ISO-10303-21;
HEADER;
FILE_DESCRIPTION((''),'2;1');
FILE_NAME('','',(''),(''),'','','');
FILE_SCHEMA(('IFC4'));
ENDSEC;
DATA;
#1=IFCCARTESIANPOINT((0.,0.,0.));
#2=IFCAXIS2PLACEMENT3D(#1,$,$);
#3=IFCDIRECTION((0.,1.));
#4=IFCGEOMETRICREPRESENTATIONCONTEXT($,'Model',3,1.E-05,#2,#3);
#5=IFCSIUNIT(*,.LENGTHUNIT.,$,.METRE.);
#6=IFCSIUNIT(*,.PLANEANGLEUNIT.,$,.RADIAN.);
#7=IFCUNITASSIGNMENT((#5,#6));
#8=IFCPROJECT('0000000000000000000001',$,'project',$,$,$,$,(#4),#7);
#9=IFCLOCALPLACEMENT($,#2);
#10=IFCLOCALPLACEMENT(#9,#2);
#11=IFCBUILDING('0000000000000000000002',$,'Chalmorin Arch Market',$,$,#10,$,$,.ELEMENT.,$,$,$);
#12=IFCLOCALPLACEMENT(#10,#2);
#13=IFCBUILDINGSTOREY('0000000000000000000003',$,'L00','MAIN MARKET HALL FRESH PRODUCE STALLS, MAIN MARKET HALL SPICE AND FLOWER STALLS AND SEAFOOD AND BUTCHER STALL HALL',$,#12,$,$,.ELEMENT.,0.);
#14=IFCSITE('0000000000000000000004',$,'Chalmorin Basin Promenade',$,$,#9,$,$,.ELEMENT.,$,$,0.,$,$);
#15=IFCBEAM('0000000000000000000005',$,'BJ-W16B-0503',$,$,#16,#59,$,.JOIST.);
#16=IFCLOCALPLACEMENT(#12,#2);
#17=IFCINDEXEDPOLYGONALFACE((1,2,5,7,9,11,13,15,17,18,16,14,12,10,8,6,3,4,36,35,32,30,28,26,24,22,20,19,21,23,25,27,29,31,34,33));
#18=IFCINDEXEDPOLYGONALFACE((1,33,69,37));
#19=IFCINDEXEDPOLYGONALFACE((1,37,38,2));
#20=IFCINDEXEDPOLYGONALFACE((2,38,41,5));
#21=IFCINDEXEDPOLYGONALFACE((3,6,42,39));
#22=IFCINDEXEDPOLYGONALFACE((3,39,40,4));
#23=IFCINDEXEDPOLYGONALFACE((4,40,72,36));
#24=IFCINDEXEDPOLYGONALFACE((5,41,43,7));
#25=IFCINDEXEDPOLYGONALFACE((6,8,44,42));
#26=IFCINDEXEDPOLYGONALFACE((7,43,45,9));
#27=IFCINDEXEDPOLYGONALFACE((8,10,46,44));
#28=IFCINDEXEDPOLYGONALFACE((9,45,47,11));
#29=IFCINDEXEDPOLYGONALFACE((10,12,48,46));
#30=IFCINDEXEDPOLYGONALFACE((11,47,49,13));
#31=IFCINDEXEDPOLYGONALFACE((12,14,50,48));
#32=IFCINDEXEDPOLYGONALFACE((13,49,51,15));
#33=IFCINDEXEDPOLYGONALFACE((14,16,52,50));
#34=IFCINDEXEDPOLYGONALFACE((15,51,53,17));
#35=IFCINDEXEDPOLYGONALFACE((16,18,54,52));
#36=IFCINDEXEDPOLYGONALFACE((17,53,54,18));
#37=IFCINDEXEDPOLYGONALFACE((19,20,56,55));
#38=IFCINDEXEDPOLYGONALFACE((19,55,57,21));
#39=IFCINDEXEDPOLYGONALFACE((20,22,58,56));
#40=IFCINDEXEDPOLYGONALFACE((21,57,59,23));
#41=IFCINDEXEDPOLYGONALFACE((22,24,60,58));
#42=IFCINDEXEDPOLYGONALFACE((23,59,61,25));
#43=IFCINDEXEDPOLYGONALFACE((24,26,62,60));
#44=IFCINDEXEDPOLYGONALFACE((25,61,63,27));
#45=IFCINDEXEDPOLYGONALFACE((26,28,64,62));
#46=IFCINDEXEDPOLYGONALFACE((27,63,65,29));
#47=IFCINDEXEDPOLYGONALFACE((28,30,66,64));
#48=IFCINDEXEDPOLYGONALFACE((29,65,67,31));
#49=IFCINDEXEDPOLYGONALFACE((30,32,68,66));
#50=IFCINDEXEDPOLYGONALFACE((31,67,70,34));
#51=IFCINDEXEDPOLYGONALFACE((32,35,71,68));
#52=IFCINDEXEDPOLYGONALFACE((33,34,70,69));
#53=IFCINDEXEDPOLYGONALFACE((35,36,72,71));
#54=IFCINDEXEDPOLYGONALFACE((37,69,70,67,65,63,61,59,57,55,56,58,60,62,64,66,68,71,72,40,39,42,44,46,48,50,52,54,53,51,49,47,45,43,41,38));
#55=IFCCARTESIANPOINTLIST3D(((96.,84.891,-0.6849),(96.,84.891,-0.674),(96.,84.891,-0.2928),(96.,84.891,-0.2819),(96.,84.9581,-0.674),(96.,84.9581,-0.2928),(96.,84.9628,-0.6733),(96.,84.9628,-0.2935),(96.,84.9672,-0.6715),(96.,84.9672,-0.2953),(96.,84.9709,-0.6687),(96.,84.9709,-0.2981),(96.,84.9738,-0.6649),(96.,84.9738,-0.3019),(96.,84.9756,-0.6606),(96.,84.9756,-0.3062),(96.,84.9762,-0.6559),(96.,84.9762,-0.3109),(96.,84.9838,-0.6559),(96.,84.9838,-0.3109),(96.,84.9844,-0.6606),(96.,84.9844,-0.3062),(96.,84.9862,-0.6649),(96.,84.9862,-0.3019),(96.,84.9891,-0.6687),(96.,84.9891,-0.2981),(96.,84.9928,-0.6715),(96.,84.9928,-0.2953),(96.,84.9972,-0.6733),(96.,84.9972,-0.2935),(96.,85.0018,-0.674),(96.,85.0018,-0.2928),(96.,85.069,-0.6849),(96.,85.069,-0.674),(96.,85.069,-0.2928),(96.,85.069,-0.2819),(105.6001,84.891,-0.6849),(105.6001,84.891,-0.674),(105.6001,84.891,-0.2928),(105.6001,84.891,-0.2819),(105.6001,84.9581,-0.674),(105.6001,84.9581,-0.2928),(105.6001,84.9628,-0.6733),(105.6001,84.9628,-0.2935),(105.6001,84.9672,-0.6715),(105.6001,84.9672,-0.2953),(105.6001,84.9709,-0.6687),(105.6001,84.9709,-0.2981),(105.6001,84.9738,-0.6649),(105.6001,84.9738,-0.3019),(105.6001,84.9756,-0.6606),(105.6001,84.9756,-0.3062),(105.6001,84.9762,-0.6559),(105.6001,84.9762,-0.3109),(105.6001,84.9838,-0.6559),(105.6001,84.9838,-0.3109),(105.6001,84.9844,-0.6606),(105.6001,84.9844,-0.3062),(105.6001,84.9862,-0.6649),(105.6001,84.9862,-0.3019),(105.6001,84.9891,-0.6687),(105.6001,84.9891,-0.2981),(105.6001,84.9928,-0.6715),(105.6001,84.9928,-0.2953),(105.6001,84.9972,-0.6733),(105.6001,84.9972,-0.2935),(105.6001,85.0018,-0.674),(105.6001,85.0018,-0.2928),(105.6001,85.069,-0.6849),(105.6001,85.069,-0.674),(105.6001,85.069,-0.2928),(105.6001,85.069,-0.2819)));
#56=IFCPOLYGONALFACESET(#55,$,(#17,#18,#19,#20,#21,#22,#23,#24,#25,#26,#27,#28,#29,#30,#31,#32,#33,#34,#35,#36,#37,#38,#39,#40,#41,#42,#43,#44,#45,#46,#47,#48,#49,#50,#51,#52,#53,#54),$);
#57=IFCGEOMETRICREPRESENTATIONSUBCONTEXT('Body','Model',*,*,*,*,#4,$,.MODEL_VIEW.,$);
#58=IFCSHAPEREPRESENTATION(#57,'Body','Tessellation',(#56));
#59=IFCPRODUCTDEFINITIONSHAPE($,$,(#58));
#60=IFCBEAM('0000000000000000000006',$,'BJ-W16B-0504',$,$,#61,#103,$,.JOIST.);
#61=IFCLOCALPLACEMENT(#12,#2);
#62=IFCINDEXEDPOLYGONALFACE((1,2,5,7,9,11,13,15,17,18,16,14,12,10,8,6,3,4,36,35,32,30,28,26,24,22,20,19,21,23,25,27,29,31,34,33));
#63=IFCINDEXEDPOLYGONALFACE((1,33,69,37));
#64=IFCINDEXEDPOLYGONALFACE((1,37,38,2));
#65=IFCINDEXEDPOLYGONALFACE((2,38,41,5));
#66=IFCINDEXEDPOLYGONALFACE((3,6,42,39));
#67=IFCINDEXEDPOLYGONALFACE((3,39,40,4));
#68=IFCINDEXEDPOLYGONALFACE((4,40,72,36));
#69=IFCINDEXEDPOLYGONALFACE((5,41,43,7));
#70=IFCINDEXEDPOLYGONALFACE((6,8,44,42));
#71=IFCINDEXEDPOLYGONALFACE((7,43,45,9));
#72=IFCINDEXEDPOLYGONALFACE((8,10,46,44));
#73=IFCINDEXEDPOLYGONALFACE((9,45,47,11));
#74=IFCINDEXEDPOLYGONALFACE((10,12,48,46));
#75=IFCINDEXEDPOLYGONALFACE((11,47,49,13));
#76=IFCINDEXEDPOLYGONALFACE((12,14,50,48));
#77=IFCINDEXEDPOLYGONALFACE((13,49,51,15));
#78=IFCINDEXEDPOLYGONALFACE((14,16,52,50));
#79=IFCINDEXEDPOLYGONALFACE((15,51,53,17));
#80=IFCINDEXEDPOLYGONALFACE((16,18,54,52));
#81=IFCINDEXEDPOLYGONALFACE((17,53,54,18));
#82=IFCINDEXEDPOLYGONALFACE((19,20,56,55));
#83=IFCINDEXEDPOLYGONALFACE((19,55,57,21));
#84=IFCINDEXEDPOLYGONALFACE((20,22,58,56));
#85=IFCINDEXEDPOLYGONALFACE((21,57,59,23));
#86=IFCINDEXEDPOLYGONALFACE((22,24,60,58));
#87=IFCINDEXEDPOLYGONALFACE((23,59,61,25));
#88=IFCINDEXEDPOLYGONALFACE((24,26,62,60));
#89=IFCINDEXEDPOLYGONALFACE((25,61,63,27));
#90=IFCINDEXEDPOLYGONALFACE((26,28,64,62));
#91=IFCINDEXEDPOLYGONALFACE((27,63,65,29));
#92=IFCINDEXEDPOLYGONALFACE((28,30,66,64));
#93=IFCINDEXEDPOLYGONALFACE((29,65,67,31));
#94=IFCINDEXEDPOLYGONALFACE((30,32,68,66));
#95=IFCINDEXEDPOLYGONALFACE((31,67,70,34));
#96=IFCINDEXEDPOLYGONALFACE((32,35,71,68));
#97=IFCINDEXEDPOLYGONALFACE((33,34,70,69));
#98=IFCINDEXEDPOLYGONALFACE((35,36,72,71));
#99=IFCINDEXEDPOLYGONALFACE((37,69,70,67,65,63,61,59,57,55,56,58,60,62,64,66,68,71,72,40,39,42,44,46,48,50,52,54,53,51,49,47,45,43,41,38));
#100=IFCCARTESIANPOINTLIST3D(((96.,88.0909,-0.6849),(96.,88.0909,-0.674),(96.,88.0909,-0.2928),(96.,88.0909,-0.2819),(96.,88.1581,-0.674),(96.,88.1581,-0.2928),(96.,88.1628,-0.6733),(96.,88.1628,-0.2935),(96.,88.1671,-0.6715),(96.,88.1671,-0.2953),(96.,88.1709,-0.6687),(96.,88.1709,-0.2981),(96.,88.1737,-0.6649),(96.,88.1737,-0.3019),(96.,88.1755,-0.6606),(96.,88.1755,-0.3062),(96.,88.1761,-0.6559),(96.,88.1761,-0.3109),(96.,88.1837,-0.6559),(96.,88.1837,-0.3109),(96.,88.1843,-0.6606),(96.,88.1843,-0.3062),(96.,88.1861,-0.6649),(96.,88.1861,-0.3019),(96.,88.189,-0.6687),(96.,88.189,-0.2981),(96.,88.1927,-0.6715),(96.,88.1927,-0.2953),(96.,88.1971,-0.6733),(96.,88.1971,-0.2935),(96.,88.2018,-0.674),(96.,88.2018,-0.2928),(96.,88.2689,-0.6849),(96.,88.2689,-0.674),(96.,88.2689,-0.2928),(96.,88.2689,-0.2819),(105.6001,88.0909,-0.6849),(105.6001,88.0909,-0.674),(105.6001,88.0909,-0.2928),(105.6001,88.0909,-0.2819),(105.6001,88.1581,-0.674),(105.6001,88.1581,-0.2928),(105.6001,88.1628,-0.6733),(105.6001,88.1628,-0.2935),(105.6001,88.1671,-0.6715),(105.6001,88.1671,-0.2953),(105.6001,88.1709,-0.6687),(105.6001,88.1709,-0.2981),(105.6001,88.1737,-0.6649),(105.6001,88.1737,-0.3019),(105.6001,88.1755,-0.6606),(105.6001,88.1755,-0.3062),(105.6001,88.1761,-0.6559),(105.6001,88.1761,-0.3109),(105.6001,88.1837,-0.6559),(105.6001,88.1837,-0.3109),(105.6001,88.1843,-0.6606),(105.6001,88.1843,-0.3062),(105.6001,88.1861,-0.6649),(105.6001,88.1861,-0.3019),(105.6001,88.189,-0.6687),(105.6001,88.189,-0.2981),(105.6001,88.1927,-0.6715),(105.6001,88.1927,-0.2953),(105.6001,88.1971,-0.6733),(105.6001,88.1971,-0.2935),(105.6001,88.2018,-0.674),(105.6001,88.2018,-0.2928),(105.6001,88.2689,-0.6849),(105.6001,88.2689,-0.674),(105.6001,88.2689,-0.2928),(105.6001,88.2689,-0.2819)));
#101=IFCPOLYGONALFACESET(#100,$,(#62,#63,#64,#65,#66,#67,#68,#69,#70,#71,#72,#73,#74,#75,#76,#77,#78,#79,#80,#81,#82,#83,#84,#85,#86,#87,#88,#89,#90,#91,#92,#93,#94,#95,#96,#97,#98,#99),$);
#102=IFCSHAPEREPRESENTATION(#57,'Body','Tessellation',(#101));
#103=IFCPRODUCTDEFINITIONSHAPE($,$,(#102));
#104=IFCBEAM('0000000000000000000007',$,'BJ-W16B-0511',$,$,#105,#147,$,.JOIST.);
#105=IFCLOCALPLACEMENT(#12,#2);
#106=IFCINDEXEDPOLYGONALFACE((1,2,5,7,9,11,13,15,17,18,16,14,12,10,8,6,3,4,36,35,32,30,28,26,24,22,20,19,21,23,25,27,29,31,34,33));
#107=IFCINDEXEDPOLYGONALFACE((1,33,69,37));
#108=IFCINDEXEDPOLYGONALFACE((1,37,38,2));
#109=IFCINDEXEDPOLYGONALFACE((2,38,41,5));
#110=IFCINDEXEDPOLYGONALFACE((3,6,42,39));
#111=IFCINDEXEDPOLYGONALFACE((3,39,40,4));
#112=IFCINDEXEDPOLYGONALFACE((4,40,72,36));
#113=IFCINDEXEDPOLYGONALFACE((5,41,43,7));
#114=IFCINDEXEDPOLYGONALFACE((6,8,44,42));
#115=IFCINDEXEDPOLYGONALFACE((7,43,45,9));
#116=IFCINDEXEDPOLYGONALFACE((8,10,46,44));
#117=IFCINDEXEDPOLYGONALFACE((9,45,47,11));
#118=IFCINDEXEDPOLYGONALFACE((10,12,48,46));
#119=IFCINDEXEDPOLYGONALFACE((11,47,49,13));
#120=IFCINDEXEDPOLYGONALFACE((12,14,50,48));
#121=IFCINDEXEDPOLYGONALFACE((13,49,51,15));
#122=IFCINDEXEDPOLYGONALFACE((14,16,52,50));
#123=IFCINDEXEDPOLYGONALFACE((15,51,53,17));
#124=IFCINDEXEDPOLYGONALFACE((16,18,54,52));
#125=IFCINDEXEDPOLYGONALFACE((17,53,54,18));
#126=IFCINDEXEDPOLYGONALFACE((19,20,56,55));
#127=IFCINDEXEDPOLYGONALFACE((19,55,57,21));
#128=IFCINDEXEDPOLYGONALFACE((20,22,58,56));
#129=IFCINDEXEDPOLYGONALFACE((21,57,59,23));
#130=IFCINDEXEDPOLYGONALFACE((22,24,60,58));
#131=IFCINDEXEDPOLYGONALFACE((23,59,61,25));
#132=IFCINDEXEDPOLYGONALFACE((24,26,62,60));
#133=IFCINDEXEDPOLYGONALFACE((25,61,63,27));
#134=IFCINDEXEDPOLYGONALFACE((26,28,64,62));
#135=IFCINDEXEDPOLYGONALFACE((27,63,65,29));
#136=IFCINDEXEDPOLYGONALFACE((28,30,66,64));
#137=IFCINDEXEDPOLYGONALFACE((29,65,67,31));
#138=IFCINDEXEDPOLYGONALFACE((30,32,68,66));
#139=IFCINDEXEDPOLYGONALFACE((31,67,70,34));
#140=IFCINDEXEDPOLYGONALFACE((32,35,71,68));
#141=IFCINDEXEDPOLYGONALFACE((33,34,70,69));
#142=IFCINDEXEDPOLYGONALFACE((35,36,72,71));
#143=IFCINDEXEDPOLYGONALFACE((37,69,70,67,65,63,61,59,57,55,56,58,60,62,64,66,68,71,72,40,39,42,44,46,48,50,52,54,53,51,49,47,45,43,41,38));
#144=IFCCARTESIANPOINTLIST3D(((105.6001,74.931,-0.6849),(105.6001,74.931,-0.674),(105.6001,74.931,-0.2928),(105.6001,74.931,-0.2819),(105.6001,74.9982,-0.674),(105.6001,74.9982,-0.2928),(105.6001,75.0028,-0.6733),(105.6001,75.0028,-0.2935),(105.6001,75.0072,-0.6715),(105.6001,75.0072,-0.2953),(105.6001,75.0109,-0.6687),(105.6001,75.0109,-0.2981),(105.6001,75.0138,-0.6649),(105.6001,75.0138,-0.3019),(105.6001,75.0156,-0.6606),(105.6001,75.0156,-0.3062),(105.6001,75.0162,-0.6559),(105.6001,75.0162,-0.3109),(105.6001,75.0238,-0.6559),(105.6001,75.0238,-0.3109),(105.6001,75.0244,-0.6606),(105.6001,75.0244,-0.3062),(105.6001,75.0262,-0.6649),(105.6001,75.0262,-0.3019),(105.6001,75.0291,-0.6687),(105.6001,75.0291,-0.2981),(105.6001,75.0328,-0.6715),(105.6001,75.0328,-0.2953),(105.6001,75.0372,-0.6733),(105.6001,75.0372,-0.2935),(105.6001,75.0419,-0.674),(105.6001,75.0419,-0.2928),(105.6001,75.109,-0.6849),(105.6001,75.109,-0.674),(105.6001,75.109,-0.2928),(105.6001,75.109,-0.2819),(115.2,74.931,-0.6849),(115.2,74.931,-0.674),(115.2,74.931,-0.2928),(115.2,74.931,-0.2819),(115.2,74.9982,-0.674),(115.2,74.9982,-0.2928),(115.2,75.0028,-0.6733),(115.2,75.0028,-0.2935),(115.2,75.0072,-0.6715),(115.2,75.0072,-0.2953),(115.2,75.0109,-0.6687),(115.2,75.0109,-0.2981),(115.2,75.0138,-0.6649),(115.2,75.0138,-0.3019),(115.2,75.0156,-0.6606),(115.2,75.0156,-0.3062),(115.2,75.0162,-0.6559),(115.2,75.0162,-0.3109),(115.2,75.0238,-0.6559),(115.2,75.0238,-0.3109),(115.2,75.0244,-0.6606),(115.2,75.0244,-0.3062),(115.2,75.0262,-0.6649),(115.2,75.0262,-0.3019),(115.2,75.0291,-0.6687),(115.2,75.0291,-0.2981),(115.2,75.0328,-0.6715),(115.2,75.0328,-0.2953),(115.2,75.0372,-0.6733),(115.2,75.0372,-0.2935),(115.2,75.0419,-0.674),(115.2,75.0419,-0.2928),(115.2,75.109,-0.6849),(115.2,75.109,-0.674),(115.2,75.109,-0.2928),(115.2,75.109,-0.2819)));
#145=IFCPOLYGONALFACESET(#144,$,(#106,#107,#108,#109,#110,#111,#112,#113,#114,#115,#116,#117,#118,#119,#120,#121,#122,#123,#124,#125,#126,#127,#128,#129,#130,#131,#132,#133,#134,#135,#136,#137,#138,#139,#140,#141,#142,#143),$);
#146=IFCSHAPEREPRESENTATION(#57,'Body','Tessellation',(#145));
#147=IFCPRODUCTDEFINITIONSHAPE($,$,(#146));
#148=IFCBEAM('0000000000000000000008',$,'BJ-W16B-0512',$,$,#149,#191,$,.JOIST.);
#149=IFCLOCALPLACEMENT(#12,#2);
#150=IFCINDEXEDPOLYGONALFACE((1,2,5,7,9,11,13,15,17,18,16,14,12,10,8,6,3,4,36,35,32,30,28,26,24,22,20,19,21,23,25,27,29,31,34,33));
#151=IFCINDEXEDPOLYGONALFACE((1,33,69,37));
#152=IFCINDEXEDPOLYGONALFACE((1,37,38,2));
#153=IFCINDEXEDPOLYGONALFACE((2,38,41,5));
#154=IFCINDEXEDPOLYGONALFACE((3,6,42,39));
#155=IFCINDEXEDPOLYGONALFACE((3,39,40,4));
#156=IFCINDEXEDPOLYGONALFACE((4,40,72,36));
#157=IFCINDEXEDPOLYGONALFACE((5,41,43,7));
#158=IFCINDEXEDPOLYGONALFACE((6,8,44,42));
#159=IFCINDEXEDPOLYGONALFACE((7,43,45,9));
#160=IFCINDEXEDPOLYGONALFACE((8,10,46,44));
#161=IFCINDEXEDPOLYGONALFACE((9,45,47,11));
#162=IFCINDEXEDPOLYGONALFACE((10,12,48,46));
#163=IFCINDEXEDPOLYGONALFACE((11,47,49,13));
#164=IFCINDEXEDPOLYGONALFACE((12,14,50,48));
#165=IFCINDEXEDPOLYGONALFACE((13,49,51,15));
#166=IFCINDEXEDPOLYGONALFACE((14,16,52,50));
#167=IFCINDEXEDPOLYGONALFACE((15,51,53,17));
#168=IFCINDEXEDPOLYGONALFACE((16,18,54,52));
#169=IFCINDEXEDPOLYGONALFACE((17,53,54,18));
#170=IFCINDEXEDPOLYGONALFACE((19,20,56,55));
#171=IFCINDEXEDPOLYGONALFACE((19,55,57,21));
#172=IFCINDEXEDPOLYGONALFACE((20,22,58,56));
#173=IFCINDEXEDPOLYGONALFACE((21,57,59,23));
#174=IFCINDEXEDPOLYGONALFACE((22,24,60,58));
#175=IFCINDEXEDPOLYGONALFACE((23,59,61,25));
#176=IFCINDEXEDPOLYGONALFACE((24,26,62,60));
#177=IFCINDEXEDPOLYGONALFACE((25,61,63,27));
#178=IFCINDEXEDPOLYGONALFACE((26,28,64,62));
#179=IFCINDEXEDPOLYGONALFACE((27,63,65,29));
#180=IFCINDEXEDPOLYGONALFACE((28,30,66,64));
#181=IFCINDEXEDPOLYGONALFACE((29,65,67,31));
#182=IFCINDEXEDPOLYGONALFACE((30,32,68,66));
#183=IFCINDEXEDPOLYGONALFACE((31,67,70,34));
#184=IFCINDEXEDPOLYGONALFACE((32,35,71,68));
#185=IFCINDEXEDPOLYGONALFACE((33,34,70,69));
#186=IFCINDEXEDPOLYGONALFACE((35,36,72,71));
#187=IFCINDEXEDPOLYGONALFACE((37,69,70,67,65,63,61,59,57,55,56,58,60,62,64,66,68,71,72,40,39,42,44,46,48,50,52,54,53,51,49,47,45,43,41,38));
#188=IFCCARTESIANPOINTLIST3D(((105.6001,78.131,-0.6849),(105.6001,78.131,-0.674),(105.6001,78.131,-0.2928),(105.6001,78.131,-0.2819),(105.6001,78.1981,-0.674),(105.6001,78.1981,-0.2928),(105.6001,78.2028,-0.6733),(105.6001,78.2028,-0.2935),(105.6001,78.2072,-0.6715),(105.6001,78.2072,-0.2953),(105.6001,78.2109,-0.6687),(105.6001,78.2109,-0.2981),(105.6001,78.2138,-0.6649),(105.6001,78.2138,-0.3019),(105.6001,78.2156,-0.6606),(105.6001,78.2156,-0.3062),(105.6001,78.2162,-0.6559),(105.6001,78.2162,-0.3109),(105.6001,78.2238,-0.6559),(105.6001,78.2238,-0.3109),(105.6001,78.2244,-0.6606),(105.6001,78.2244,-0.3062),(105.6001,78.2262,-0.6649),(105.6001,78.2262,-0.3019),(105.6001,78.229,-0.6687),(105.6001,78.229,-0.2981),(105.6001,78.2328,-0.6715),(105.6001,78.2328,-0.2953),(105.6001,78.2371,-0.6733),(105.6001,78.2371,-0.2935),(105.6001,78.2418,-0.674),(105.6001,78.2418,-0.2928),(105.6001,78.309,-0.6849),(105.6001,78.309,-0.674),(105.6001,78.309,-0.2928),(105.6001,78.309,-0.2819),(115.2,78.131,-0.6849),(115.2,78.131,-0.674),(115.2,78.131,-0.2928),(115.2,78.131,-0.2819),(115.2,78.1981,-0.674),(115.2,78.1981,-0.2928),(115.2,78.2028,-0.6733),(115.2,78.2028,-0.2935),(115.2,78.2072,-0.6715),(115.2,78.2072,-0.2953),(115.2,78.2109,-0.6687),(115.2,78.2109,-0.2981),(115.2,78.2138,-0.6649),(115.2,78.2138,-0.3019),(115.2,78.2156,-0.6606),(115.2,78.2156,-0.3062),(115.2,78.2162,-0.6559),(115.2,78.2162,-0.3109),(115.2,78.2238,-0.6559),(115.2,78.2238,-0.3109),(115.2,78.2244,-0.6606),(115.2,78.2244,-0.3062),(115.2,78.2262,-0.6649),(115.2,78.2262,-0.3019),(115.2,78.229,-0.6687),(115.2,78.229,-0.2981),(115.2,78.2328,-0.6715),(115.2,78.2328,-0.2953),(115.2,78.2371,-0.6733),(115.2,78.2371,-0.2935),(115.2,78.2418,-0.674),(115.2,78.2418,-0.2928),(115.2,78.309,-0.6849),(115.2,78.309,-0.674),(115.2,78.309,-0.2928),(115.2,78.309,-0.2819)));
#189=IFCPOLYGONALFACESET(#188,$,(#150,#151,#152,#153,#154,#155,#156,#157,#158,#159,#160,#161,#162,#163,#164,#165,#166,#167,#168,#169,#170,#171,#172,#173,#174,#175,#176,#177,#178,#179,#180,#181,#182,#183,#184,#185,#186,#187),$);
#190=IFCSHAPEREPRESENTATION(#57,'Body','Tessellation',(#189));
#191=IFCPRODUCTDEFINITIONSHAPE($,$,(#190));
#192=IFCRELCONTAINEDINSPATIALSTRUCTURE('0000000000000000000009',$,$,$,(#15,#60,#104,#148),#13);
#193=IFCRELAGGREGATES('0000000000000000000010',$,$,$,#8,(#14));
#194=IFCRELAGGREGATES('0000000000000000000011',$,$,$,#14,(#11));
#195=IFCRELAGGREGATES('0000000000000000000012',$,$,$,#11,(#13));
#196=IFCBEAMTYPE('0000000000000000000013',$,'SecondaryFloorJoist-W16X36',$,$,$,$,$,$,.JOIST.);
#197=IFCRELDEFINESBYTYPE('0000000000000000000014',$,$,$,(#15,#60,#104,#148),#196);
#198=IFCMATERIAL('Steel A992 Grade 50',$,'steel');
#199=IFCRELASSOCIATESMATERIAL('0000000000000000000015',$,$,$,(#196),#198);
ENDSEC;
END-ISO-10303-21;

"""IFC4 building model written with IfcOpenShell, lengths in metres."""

from ifc_helpers import new_model, si_unit, direction, frame, origin, origin_2d, place, context, subcontext, project, spatial, i_section, extrude, material, material_profile, profile_set, type_object, element, save


model = new_model("IFC4")

# Units and contexts
model_context = context("Model", 3, precision=1e-05, world=origin(), true_north=direction((0.0, 1.0)))
body_context = subcontext(model_context, "Body", "Model", "MODEL_VIEW")
ifc_project = project(units=[si_unit("LENGTHUNIT", "METRE"), si_unit("PLANEANGLEUNIT", "RADIAN")], contexts=[model_context])

# Site, building, storey
site_placement = place(None, origin())
site = spatial("IfcSite", under=ifc_project, at=site_placement, Name="Chalmorin Basin Promenade", CompositionType="ELEMENT", RefElevation=0.0)
building_placement = place(site_placement, origin())
building = spatial("IfcBuilding", under=site, at=building_placement, Name="Chalmorin Arch Market", CompositionType="ELEMENT")
storey_placement = place(building_placement, origin())
storey = spatial("IfcBuildingStorey", under=building, at=storey_placement, Name="L00", Description="MAIN MARKET HALL FRESH PRODUCE STALLS, MAIN MARKET HALL SPICE AND FLOWER STALLS AND SEAFOOD AND BUTCHER STALL HALL", CompositionType="ELEMENT", Elevation=0.0)

# Beams
ifc_material_1 = material(Name="Steel A992 Grade 50", Category="steel")
ifc_material_profile_1 = material_profile(ifc_material_1, i_section(OverallWidth=0.178, OverallDepth=0.4031, WebThickness=0.0076, FlangeThickness=0.011, FilletRadius=0.0181, at=origin_2d()), Name="W16X36")
ifc_profile_set_1 = profile_set([ifc_material_profile_1], Name="Steel A992 Grade 50")
beam_type_1 = type_object("IfcBeamType", Name="SecondaryFloorJoist-W16X36", PredefinedType="JOIST", material=ifc_profile_set_1)
for number, where, z_axis, x_axis, name in (
    (1, (96.0, 84.98, -0.4834), (1.0, 0.0, 0.0), (0.0, 1.0, 0.0), "BJ-W16B-0503"),
    (2, (96.0, 88.1799, -0.4834), (1.0, 0.0, 0.0), (0.0, 1.0, 0.0), "BJ-W16B-0504"),
):
    element("IfcBeam", number, at=place(storey_placement, frame(where, z_axis=z_axis, x_axis=x_axis)), inside=storey, type_object=beam_type_1, Name=name, PredefinedType="JOIST", context=body_context, shape_type="SweptSolid", body=[
        extrude(i_section(OverallWidth=0.178, OverallDepth=0.4031, WebThickness=0.0076, FlangeThickness=0.011, FilletRadius=0.0181, at=origin_2d()), origin(), (0.0, 0.0, 1.0), 9.6001),
    ])
for number, where, z_axis, x_axis, name in (
    (3, (105.6001, 75.02, -0.4834), (1.0, 0.0, 0.0), (0.0, 1.0, 0.0), "BJ-W16B-0511"),
    (4, (105.6001, 78.22, -0.4834), (1.0, 0.0, 0.0), (0.0, 1.0, 0.0), "BJ-W16B-0512"),
):
    element("IfcBeam", number, at=place(storey_placement, frame(where, z_axis=z_axis, x_axis=x_axis)), inside=storey, type_object=beam_type_1, Name=name, PredefinedType="JOIST", context=body_context, shape_type="SweptSolid", body=[
        extrude(i_section(OverallWidth=0.178, OverallDepth=0.4031, WebThickness=0.0076, FlangeThickness=0.011, FilletRadius=0.0181, at=origin_2d()), origin(), (0.0, 0.0, 1.0), 9.5999),
    ])

save(model, "model.ifc")
